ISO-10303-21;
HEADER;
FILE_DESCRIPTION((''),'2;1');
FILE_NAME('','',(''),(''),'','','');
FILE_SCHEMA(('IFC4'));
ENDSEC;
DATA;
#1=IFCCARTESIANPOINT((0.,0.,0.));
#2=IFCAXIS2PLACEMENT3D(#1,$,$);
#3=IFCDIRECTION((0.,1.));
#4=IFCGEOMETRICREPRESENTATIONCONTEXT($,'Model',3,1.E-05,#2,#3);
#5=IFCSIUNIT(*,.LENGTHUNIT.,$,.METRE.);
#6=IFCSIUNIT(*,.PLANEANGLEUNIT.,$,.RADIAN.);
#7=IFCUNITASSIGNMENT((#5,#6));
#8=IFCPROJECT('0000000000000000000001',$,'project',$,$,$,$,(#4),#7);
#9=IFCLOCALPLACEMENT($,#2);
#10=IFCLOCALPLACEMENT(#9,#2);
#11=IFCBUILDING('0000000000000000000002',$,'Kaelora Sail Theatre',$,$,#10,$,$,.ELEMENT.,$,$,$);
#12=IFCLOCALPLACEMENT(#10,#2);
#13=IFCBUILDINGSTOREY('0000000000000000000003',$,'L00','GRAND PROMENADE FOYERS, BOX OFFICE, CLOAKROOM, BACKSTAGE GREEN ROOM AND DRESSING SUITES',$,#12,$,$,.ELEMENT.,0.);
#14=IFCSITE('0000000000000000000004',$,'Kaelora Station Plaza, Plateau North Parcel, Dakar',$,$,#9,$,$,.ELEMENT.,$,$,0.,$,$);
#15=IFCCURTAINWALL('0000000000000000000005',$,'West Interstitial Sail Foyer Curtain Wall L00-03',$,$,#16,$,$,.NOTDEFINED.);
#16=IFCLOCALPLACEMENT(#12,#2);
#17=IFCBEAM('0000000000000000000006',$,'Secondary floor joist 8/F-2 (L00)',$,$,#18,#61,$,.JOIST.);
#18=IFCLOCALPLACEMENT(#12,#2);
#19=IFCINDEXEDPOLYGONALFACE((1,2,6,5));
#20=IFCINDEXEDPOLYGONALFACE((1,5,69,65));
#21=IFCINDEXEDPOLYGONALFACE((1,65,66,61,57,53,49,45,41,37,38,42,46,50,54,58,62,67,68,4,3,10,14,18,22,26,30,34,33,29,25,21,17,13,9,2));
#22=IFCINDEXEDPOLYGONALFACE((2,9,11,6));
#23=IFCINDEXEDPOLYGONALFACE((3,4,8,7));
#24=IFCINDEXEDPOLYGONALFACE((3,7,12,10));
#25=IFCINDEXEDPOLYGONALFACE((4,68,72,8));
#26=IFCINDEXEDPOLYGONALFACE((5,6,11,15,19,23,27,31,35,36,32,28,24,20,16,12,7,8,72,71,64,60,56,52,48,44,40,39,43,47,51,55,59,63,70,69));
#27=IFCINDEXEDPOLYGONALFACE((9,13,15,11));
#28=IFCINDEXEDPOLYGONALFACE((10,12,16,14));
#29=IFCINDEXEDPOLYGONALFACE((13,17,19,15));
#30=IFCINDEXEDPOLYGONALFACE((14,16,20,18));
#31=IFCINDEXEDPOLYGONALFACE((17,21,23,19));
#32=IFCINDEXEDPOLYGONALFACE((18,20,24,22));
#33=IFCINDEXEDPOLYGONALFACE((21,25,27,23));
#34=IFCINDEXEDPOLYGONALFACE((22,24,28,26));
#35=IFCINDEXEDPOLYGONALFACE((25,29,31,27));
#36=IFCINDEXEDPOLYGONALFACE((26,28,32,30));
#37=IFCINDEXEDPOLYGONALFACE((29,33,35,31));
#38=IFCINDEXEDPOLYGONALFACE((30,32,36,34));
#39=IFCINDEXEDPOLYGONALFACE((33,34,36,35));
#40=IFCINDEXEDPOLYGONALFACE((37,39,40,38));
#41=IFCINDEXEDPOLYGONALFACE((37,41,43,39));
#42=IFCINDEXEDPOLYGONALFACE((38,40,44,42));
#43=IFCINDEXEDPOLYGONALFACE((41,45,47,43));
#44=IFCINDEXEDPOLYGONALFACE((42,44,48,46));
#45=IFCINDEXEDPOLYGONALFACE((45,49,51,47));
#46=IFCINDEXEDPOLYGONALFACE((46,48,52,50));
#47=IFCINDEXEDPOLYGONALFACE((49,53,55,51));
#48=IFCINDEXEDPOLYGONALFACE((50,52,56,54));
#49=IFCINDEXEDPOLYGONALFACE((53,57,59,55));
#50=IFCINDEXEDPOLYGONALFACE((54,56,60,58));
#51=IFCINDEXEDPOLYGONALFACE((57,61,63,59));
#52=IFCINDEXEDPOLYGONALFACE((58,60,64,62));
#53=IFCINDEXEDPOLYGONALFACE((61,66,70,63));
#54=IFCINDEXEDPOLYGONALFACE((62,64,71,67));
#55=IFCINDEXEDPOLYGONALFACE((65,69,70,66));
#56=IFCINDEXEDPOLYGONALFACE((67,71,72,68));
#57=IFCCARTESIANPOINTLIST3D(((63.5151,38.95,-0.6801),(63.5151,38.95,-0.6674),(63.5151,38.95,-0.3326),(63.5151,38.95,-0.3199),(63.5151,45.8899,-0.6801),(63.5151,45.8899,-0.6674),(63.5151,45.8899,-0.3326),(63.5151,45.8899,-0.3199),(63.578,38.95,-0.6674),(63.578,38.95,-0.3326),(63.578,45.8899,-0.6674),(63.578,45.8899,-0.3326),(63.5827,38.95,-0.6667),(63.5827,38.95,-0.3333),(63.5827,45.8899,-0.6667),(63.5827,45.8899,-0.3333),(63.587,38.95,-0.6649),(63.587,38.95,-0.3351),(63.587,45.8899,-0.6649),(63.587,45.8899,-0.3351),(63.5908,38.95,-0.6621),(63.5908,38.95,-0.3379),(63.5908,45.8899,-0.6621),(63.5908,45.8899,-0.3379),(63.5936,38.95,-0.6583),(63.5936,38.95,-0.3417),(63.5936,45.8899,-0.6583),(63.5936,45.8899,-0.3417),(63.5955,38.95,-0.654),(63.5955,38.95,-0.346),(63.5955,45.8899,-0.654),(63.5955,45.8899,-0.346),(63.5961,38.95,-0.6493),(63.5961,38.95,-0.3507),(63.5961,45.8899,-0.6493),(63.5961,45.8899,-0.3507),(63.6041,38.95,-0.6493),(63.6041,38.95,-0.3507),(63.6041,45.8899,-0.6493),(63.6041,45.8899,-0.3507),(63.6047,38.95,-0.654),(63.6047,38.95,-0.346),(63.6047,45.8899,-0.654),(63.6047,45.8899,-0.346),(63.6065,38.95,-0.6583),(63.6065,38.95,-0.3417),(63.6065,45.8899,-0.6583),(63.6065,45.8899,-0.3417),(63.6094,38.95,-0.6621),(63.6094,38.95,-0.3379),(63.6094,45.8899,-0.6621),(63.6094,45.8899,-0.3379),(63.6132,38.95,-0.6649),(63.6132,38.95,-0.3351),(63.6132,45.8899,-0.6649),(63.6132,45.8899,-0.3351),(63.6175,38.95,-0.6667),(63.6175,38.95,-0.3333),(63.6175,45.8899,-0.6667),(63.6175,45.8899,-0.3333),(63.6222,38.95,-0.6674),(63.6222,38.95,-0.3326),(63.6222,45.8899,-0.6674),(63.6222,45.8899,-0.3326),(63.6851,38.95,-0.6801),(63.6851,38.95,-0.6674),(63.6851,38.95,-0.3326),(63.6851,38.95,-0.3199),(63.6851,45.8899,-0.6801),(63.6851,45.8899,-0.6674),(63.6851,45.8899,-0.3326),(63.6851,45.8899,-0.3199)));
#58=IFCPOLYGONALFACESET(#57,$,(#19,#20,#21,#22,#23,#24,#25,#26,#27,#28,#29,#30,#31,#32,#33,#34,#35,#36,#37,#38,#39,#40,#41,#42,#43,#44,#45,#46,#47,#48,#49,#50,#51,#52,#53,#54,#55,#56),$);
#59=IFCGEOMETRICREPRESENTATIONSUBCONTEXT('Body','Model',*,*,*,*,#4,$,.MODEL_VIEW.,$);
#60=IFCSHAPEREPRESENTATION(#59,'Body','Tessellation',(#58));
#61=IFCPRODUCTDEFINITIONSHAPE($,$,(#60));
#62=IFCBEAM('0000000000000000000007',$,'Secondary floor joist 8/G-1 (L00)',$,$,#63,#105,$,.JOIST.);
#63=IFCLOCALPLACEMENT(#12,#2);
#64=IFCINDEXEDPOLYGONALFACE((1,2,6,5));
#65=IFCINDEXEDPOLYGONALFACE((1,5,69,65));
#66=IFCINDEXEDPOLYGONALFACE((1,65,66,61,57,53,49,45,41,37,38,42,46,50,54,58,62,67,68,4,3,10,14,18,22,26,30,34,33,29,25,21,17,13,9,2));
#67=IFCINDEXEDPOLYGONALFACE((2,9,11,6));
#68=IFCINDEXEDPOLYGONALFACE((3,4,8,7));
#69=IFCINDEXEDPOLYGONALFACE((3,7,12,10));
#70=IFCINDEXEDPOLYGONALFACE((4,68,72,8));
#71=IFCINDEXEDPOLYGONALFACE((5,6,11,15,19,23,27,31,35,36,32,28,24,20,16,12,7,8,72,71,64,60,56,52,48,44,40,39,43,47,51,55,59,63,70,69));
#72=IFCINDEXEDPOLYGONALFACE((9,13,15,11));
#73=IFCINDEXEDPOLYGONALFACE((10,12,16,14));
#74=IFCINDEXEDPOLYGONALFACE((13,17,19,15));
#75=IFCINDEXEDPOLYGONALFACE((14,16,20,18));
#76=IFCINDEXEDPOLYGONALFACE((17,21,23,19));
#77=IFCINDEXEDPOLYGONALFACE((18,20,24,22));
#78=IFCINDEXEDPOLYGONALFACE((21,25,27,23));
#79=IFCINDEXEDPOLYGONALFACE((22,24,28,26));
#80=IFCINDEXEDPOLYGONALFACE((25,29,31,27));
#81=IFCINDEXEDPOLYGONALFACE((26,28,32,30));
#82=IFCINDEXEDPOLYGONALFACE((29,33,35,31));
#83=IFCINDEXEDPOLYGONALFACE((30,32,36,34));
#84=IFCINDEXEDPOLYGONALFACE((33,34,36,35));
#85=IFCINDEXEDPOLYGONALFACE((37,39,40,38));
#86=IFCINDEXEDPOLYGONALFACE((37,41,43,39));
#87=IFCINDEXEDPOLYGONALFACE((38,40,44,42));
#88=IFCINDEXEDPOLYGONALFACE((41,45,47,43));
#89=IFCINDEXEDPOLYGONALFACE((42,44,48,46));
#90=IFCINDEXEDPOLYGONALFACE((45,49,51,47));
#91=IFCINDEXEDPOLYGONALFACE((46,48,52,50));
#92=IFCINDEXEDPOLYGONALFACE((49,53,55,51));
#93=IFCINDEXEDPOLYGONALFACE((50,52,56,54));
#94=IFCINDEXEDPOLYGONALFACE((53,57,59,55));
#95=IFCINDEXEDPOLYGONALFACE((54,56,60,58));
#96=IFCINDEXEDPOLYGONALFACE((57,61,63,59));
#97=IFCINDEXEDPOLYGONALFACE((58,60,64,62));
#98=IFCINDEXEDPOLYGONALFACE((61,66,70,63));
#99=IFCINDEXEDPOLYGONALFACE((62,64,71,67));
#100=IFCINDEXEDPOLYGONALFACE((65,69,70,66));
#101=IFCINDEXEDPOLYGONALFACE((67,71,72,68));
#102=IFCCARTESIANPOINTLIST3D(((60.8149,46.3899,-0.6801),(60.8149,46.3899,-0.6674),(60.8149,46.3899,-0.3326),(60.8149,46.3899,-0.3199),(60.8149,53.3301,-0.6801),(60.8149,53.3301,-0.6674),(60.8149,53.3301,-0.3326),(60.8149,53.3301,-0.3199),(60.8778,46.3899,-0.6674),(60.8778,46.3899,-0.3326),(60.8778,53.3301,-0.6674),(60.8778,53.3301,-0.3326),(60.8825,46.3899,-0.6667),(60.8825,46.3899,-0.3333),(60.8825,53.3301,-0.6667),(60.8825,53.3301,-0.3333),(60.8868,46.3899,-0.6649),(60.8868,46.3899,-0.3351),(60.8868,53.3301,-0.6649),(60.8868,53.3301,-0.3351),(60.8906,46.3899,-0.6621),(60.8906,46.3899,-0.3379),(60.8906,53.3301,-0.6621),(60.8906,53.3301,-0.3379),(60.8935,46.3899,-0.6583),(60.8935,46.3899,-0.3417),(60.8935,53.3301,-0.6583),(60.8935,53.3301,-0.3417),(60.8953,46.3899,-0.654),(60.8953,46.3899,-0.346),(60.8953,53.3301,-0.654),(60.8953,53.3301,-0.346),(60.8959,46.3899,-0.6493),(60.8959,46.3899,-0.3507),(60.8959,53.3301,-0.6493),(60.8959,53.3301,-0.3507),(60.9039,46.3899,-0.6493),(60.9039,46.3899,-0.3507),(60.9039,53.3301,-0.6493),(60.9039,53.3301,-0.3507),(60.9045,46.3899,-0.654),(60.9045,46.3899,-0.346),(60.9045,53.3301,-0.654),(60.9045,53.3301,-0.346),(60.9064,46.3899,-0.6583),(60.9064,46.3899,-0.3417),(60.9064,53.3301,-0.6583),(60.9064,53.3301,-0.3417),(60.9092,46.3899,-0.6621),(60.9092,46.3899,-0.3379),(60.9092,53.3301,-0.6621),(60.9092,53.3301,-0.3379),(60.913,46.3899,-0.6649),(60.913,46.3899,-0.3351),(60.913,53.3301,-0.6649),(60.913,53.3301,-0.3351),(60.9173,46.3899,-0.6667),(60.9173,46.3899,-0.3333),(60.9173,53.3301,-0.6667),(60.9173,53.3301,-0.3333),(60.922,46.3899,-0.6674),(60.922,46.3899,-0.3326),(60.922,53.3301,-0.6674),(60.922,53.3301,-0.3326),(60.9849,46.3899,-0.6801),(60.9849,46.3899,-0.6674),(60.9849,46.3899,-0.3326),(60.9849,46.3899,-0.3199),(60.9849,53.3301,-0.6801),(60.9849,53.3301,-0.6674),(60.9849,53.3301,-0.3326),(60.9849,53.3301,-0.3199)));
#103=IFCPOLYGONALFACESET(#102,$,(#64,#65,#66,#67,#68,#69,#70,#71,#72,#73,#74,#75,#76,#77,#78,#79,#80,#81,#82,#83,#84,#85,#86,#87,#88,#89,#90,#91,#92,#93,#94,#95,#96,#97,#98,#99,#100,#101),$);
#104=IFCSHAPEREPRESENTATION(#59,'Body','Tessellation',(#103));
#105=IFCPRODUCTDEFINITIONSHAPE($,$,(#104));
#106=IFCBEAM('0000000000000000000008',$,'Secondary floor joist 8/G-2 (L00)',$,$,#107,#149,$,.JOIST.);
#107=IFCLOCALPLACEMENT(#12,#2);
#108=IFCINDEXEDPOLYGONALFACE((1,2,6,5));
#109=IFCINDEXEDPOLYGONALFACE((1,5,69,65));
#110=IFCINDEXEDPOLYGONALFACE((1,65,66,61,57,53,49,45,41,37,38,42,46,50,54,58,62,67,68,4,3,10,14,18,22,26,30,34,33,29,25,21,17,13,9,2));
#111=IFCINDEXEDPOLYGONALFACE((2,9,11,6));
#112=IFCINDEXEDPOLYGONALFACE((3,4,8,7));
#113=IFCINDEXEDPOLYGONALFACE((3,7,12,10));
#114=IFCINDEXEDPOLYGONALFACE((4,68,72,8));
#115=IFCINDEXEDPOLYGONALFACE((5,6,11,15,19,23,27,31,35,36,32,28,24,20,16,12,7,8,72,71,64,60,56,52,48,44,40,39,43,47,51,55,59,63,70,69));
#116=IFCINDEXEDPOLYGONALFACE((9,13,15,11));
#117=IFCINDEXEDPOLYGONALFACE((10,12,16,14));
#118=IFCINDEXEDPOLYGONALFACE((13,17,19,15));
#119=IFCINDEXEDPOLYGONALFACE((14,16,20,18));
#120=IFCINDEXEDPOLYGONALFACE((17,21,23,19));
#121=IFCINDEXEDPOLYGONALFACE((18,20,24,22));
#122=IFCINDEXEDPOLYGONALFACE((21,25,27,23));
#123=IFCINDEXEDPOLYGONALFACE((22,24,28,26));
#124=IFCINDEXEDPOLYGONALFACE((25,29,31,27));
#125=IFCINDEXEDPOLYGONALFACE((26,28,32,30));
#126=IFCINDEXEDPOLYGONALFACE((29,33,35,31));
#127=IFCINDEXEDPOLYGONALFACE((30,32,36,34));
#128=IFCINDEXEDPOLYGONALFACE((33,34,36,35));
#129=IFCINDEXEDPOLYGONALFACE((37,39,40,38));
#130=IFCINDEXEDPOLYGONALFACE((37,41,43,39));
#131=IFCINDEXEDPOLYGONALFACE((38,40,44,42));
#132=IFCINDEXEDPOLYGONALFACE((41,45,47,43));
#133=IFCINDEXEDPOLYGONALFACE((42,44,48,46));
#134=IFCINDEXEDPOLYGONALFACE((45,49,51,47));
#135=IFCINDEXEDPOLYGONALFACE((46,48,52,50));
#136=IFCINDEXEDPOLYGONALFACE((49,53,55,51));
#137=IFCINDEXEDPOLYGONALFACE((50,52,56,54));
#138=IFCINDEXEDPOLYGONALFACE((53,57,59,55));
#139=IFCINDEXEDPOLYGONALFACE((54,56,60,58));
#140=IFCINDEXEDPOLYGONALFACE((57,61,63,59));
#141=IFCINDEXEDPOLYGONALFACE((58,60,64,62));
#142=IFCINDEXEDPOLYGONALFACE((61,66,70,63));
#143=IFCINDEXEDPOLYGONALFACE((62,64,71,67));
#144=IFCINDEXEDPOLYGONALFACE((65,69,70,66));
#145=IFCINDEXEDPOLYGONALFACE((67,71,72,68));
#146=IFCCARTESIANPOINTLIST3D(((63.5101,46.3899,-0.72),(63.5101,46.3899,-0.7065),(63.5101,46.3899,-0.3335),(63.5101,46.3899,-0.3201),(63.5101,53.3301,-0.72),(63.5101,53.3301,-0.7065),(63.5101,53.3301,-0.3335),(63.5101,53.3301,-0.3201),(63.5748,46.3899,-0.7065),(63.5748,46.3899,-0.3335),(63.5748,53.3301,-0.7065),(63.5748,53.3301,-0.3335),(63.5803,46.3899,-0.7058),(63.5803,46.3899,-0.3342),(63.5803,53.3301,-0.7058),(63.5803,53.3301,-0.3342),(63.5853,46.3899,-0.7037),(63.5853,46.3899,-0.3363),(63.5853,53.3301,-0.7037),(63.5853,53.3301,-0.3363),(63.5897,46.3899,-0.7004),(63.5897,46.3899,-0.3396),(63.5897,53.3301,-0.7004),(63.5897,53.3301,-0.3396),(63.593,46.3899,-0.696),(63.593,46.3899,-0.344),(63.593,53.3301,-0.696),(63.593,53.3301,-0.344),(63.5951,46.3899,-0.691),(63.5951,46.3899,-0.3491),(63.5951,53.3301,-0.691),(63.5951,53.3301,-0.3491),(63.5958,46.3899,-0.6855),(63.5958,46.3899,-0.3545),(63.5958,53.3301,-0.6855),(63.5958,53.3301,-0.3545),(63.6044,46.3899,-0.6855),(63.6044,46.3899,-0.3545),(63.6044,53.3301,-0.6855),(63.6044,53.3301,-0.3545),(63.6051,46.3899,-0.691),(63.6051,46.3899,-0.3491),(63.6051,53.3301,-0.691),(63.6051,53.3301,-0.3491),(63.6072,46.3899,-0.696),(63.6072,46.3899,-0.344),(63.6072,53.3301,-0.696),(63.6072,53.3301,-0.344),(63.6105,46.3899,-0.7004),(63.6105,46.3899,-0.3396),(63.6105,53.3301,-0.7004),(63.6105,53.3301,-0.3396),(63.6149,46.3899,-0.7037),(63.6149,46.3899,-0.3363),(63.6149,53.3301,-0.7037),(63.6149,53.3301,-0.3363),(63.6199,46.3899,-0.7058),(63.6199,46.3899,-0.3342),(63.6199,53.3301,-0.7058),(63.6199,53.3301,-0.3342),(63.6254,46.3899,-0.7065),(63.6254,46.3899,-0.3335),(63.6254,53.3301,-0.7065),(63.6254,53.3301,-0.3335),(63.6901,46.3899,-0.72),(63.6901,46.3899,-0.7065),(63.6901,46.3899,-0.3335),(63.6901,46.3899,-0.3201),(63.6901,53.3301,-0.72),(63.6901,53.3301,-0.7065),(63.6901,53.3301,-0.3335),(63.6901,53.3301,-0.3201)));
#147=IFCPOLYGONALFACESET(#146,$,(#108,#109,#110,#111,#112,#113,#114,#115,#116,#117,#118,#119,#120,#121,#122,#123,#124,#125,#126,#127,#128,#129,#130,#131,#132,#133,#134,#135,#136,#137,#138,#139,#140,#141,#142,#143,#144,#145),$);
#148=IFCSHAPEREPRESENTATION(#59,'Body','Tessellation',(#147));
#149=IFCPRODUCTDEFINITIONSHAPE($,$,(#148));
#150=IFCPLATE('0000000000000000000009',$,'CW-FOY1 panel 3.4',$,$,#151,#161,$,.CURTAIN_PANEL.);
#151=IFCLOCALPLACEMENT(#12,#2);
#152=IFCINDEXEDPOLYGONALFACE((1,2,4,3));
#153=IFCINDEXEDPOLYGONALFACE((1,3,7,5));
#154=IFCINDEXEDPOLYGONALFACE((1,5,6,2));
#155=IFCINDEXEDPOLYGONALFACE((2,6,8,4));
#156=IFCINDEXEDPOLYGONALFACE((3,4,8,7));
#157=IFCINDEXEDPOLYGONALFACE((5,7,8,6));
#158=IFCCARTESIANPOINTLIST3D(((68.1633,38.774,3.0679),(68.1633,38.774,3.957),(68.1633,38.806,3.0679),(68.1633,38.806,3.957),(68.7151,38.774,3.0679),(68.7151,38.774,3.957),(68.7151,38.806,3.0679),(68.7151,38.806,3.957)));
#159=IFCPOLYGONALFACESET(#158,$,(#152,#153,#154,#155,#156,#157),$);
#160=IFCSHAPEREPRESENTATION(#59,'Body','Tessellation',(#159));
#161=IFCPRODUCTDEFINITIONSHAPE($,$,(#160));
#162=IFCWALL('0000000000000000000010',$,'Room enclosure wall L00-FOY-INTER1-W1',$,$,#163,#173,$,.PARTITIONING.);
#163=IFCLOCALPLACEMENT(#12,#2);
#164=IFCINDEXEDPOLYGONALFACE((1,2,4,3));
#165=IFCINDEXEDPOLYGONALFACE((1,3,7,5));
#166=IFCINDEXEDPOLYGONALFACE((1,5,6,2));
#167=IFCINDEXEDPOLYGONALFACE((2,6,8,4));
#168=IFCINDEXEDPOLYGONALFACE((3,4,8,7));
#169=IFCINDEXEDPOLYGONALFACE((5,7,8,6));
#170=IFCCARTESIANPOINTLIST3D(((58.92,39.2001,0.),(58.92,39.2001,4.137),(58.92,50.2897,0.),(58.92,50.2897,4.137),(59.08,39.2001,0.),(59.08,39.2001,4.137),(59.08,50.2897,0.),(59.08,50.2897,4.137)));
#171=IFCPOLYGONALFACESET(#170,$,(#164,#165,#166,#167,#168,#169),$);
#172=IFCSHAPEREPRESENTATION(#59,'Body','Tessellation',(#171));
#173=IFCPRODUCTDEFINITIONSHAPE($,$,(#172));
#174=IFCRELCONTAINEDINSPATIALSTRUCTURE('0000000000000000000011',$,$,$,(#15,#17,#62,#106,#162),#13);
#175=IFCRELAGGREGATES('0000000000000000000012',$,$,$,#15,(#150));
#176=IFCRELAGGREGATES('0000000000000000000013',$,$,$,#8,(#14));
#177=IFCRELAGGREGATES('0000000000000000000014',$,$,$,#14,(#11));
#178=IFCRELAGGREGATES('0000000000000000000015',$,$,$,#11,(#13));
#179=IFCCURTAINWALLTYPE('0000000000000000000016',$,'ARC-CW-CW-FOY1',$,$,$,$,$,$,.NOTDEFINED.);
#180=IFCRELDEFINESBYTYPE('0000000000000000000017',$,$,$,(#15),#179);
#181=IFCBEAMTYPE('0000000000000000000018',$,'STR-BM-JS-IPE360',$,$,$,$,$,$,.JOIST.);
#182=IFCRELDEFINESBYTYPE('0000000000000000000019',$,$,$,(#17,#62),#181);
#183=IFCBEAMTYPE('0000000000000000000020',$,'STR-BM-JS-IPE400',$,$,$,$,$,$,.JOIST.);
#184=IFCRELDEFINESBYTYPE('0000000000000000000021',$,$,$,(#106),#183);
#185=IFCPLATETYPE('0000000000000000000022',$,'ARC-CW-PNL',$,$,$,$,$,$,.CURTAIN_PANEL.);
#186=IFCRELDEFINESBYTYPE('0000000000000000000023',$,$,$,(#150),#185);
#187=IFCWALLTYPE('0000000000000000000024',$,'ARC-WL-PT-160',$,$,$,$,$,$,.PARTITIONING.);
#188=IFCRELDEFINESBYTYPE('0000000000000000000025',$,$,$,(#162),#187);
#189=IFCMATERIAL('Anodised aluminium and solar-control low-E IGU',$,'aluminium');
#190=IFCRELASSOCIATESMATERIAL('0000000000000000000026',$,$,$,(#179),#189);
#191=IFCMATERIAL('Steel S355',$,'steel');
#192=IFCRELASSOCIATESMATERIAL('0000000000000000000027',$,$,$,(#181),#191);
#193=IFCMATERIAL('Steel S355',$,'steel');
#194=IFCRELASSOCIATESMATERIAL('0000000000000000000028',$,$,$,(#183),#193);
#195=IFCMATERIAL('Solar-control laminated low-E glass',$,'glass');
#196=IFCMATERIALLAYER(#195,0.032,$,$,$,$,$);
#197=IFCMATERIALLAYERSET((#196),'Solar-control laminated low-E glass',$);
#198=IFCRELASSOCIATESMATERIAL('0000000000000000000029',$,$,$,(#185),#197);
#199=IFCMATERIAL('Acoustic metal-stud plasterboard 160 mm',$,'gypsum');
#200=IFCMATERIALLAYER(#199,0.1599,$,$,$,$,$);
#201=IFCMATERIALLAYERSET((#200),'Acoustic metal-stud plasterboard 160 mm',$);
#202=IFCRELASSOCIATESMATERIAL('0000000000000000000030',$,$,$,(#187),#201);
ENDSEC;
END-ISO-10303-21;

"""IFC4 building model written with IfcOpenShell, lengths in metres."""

from ifc_helpers import new_model, si_unit, direction, frame, frame_2d, origin, origin_2d, place, context, subcontext, project, spatial, rectangle, i_section, extrude, material, layer, layer_set, material_profile, profile_set, type_object, element, aggregate, save


model = new_model("IFC4")

# Units and contexts
model_context = context("Model", 3, precision=1e-05, world=origin(), true_north=direction((0.0, 1.0)))
body_context = subcontext(model_context, "Body", "Model", "MODEL_VIEW")
ifc_project = project(units=[si_unit("LENGTHUNIT", "METRE"), si_unit("PLANEANGLEUNIT", "RADIAN")], contexts=[model_context])

# Site, building, storey
site_placement = place(None, origin())
site = spatial("IfcSite", under=ifc_project, at=site_placement, Name="Kaelora Station Plaza, Plateau North Parcel, Dakar", CompositionType="ELEMENT", RefElevation=0.0)
building_placement = place(site_placement, origin())
building = spatial("IfcBuilding", under=site, at=building_placement, Name="Kaelora Sail Theatre", CompositionType="ELEMENT")
storey_placement = place(building_placement, origin())
storey = spatial("IfcBuildingStorey", under=building, at=storey_placement, Name="L00", Description="GRAND PROMENADE FOYERS, BOX OFFICE, CLOAKROOM, BACKSTAGE GREEN ROOM AND DRESSING SUITES", CompositionType="ELEMENT", Elevation=0.0)

# Curtain wall
ifc_material_1 = material(Name="Anodised aluminium and solar-control low-E IGU", Category="aluminium")
curtain_wall_type = type_object("IfcCurtainWallType", Name="ARC-CW-CW-FOY1", PredefinedType="NOTDEFINED", material=ifc_material_1)
curtain_wall_placement = place(storey_placement, origin())
curtain_wall = element("IfcCurtainWall", 1, at=curtain_wall_placement, inside=storey, type_object=curtain_wall_type, Name="West Interstitial Sail Foyer Curtain Wall L00-03", PredefinedType="NOTDEFINED")

# Beams
ifc_material_2 = material(Name="Steel S355", Category="steel")
ifc_material_profile_1 = material_profile(ifc_material_2, i_section(OverallWidth=0.1699, OverallDepth=0.3601, WebThickness=0.0081, FlangeThickness=0.0127, FilletRadius=0.0181, at=origin_2d()), Name="IPE 360")
ifc_profile_set_1 = profile_set([ifc_material_profile_1], Name="Steel S355")
beam_type_1 = type_object("IfcBeamType", Name="STR-BM-JS-IPE360", PredefinedType="JOIST", material=ifc_profile_set_1)
beam_1_placement = place(storey_placement, frame((63.6001, 38.95, -0.5), z_axis=(0.0, 1.0, 0.0), x_axis=(-1.0, 0.0, 0.0)))
element("IfcBeam", 2, at=beam_1_placement, inside=storey, type_object=beam_type_1, Name="Secondary floor joist 8/F-2 (L00)", PredefinedType="JOIST", context=body_context, shape_type="SweptSolid", body=[
    extrude(i_section(OverallWidth=0.1699, OverallDepth=0.3601, WebThickness=0.0081, FlangeThickness=0.0127, FilletRadius=0.0181, at=origin_2d()), origin(), (0.0, 0.0, 1.0), 6.9399),
])
beam_2_placement = place(storey_placement, frame((60.8999, 46.3899, -0.5), z_axis=(0.0, 1.0, 0.0), x_axis=(-1.0, 0.0, 0.0)))
element("IfcBeam", 3, at=beam_2_placement, inside=storey, type_object=beam_type_1, Name="Secondary floor joist 8/G-1 (L00)", PredefinedType="JOIST", context=body_context, shape_type="SweptSolid", body=[
    extrude(i_section(OverallWidth=0.1699, OverallDepth=0.3601, WebThickness=0.0081, FlangeThickness=0.0127, FilletRadius=0.0181, at=origin_2d()), origin(), (0.0, 0.0, 1.0), 6.9402),
])
ifc_material_3 = material(Name="Steel S355", Category="steel")
ifc_material_profile_2 = material_profile(ifc_material_3, i_section(OverallWidth=0.1799, OverallDepth=0.3999, WebThickness=0.0085, FlangeThickness=0.0134, FilletRadius=0.021, at=origin_2d()), Name="IPE 400")
ifc_profile_set_2 = profile_set([ifc_material_profile_2], Name="Steel S355")
beam_type_2 = type_object("IfcBeamType", Name="STR-BM-JS-IPE400", PredefinedType="JOIST", material=ifc_profile_set_2)
beam_3_placement = place(storey_placement, frame((63.6001, 46.3899, -0.52), z_axis=(0.0, 1.0, 0.0), x_axis=(-1.0, 0.0, 0.0)))
element("IfcBeam", 4, at=beam_3_placement, inside=storey, type_object=beam_type_2, Name="Secondary floor joist 8/G-2 (L00)", PredefinedType="JOIST", context=body_context, shape_type="SweptSolid", body=[
    extrude(i_section(OverallWidth=0.1799, OverallDepth=0.3999, WebThickness=0.0085, FlangeThickness=0.0134, FilletRadius=0.021, at=origin_2d()), origin(), (0.0, 0.0, 1.0), 6.9402),
])

# Plate
ifc_material_4 = material(Name="Solar-control laminated low-E glass", Category="glass")
ifc_layer_1 = layer(ifc_material_4, 0.032)
ifc_layer_set_1 = layer_set([ifc_layer_1], Name="Solar-control laminated low-E glass")
plate_type = type_object("IfcPlateType", Name="ARC-CW-PNL", PredefinedType="CURTAIN_PANEL", material=ifc_layer_set_1)
plate_placement = place(storey_placement, frame((68.4392, 38.79, 3.0679), z_axis=(0.0, 0.0, 1.0), x_axis=(1.0, 0.0, 0.0)))
plate = element("IfcPlate", 5, at=plate_placement, type_object=plate_type, Name="CW-FOY1 panel 3.4", PredefinedType="CURTAIN_PANEL", context=body_context, shape_type="SweptSolid", body=[
    extrude(rectangle(XDim=0.5518, YDim=0.032, at=origin_2d()), origin(), (0.0, 0.0, 1.0), 0.8892),
])
aggregate(curtain_wall, [plate])

# Wall
ifc_material_5 = material(Name="Acoustic metal-stud plasterboard 160 mm", Category="gypsum")
ifc_layer_2 = layer(ifc_material_5, 0.1599)
ifc_layer_set_2 = layer_set([ifc_layer_2], Name="Acoustic metal-stud plasterboard 160 mm")
wall_type = type_object("IfcWallType", Name="ARC-WL-PT-160", PredefinedType="PARTITIONING", material=ifc_layer_set_2)
wall_placement = place(storey_placement, frame((59.0, 39.2, 0.0), z_axis=(0.0, 0.0, 1.0), x_axis=(0.0, 1.0, 0.0)))
element("IfcWall", 6, at=wall_placement, inside=storey, type_object=wall_type, Name="Room enclosure wall L00-FOY-INTER1-W1", PredefinedType="PARTITIONING", context=body_context, shape_type="SweptSolid", body=[
    extrude(rectangle(XDim=11.0896, YDim=0.1599, at=frame_2d((5.5449, 0.0))), origin(), (0.0, 0.0, 1.0), 4.137),
])

save(model, "model.ifc")
